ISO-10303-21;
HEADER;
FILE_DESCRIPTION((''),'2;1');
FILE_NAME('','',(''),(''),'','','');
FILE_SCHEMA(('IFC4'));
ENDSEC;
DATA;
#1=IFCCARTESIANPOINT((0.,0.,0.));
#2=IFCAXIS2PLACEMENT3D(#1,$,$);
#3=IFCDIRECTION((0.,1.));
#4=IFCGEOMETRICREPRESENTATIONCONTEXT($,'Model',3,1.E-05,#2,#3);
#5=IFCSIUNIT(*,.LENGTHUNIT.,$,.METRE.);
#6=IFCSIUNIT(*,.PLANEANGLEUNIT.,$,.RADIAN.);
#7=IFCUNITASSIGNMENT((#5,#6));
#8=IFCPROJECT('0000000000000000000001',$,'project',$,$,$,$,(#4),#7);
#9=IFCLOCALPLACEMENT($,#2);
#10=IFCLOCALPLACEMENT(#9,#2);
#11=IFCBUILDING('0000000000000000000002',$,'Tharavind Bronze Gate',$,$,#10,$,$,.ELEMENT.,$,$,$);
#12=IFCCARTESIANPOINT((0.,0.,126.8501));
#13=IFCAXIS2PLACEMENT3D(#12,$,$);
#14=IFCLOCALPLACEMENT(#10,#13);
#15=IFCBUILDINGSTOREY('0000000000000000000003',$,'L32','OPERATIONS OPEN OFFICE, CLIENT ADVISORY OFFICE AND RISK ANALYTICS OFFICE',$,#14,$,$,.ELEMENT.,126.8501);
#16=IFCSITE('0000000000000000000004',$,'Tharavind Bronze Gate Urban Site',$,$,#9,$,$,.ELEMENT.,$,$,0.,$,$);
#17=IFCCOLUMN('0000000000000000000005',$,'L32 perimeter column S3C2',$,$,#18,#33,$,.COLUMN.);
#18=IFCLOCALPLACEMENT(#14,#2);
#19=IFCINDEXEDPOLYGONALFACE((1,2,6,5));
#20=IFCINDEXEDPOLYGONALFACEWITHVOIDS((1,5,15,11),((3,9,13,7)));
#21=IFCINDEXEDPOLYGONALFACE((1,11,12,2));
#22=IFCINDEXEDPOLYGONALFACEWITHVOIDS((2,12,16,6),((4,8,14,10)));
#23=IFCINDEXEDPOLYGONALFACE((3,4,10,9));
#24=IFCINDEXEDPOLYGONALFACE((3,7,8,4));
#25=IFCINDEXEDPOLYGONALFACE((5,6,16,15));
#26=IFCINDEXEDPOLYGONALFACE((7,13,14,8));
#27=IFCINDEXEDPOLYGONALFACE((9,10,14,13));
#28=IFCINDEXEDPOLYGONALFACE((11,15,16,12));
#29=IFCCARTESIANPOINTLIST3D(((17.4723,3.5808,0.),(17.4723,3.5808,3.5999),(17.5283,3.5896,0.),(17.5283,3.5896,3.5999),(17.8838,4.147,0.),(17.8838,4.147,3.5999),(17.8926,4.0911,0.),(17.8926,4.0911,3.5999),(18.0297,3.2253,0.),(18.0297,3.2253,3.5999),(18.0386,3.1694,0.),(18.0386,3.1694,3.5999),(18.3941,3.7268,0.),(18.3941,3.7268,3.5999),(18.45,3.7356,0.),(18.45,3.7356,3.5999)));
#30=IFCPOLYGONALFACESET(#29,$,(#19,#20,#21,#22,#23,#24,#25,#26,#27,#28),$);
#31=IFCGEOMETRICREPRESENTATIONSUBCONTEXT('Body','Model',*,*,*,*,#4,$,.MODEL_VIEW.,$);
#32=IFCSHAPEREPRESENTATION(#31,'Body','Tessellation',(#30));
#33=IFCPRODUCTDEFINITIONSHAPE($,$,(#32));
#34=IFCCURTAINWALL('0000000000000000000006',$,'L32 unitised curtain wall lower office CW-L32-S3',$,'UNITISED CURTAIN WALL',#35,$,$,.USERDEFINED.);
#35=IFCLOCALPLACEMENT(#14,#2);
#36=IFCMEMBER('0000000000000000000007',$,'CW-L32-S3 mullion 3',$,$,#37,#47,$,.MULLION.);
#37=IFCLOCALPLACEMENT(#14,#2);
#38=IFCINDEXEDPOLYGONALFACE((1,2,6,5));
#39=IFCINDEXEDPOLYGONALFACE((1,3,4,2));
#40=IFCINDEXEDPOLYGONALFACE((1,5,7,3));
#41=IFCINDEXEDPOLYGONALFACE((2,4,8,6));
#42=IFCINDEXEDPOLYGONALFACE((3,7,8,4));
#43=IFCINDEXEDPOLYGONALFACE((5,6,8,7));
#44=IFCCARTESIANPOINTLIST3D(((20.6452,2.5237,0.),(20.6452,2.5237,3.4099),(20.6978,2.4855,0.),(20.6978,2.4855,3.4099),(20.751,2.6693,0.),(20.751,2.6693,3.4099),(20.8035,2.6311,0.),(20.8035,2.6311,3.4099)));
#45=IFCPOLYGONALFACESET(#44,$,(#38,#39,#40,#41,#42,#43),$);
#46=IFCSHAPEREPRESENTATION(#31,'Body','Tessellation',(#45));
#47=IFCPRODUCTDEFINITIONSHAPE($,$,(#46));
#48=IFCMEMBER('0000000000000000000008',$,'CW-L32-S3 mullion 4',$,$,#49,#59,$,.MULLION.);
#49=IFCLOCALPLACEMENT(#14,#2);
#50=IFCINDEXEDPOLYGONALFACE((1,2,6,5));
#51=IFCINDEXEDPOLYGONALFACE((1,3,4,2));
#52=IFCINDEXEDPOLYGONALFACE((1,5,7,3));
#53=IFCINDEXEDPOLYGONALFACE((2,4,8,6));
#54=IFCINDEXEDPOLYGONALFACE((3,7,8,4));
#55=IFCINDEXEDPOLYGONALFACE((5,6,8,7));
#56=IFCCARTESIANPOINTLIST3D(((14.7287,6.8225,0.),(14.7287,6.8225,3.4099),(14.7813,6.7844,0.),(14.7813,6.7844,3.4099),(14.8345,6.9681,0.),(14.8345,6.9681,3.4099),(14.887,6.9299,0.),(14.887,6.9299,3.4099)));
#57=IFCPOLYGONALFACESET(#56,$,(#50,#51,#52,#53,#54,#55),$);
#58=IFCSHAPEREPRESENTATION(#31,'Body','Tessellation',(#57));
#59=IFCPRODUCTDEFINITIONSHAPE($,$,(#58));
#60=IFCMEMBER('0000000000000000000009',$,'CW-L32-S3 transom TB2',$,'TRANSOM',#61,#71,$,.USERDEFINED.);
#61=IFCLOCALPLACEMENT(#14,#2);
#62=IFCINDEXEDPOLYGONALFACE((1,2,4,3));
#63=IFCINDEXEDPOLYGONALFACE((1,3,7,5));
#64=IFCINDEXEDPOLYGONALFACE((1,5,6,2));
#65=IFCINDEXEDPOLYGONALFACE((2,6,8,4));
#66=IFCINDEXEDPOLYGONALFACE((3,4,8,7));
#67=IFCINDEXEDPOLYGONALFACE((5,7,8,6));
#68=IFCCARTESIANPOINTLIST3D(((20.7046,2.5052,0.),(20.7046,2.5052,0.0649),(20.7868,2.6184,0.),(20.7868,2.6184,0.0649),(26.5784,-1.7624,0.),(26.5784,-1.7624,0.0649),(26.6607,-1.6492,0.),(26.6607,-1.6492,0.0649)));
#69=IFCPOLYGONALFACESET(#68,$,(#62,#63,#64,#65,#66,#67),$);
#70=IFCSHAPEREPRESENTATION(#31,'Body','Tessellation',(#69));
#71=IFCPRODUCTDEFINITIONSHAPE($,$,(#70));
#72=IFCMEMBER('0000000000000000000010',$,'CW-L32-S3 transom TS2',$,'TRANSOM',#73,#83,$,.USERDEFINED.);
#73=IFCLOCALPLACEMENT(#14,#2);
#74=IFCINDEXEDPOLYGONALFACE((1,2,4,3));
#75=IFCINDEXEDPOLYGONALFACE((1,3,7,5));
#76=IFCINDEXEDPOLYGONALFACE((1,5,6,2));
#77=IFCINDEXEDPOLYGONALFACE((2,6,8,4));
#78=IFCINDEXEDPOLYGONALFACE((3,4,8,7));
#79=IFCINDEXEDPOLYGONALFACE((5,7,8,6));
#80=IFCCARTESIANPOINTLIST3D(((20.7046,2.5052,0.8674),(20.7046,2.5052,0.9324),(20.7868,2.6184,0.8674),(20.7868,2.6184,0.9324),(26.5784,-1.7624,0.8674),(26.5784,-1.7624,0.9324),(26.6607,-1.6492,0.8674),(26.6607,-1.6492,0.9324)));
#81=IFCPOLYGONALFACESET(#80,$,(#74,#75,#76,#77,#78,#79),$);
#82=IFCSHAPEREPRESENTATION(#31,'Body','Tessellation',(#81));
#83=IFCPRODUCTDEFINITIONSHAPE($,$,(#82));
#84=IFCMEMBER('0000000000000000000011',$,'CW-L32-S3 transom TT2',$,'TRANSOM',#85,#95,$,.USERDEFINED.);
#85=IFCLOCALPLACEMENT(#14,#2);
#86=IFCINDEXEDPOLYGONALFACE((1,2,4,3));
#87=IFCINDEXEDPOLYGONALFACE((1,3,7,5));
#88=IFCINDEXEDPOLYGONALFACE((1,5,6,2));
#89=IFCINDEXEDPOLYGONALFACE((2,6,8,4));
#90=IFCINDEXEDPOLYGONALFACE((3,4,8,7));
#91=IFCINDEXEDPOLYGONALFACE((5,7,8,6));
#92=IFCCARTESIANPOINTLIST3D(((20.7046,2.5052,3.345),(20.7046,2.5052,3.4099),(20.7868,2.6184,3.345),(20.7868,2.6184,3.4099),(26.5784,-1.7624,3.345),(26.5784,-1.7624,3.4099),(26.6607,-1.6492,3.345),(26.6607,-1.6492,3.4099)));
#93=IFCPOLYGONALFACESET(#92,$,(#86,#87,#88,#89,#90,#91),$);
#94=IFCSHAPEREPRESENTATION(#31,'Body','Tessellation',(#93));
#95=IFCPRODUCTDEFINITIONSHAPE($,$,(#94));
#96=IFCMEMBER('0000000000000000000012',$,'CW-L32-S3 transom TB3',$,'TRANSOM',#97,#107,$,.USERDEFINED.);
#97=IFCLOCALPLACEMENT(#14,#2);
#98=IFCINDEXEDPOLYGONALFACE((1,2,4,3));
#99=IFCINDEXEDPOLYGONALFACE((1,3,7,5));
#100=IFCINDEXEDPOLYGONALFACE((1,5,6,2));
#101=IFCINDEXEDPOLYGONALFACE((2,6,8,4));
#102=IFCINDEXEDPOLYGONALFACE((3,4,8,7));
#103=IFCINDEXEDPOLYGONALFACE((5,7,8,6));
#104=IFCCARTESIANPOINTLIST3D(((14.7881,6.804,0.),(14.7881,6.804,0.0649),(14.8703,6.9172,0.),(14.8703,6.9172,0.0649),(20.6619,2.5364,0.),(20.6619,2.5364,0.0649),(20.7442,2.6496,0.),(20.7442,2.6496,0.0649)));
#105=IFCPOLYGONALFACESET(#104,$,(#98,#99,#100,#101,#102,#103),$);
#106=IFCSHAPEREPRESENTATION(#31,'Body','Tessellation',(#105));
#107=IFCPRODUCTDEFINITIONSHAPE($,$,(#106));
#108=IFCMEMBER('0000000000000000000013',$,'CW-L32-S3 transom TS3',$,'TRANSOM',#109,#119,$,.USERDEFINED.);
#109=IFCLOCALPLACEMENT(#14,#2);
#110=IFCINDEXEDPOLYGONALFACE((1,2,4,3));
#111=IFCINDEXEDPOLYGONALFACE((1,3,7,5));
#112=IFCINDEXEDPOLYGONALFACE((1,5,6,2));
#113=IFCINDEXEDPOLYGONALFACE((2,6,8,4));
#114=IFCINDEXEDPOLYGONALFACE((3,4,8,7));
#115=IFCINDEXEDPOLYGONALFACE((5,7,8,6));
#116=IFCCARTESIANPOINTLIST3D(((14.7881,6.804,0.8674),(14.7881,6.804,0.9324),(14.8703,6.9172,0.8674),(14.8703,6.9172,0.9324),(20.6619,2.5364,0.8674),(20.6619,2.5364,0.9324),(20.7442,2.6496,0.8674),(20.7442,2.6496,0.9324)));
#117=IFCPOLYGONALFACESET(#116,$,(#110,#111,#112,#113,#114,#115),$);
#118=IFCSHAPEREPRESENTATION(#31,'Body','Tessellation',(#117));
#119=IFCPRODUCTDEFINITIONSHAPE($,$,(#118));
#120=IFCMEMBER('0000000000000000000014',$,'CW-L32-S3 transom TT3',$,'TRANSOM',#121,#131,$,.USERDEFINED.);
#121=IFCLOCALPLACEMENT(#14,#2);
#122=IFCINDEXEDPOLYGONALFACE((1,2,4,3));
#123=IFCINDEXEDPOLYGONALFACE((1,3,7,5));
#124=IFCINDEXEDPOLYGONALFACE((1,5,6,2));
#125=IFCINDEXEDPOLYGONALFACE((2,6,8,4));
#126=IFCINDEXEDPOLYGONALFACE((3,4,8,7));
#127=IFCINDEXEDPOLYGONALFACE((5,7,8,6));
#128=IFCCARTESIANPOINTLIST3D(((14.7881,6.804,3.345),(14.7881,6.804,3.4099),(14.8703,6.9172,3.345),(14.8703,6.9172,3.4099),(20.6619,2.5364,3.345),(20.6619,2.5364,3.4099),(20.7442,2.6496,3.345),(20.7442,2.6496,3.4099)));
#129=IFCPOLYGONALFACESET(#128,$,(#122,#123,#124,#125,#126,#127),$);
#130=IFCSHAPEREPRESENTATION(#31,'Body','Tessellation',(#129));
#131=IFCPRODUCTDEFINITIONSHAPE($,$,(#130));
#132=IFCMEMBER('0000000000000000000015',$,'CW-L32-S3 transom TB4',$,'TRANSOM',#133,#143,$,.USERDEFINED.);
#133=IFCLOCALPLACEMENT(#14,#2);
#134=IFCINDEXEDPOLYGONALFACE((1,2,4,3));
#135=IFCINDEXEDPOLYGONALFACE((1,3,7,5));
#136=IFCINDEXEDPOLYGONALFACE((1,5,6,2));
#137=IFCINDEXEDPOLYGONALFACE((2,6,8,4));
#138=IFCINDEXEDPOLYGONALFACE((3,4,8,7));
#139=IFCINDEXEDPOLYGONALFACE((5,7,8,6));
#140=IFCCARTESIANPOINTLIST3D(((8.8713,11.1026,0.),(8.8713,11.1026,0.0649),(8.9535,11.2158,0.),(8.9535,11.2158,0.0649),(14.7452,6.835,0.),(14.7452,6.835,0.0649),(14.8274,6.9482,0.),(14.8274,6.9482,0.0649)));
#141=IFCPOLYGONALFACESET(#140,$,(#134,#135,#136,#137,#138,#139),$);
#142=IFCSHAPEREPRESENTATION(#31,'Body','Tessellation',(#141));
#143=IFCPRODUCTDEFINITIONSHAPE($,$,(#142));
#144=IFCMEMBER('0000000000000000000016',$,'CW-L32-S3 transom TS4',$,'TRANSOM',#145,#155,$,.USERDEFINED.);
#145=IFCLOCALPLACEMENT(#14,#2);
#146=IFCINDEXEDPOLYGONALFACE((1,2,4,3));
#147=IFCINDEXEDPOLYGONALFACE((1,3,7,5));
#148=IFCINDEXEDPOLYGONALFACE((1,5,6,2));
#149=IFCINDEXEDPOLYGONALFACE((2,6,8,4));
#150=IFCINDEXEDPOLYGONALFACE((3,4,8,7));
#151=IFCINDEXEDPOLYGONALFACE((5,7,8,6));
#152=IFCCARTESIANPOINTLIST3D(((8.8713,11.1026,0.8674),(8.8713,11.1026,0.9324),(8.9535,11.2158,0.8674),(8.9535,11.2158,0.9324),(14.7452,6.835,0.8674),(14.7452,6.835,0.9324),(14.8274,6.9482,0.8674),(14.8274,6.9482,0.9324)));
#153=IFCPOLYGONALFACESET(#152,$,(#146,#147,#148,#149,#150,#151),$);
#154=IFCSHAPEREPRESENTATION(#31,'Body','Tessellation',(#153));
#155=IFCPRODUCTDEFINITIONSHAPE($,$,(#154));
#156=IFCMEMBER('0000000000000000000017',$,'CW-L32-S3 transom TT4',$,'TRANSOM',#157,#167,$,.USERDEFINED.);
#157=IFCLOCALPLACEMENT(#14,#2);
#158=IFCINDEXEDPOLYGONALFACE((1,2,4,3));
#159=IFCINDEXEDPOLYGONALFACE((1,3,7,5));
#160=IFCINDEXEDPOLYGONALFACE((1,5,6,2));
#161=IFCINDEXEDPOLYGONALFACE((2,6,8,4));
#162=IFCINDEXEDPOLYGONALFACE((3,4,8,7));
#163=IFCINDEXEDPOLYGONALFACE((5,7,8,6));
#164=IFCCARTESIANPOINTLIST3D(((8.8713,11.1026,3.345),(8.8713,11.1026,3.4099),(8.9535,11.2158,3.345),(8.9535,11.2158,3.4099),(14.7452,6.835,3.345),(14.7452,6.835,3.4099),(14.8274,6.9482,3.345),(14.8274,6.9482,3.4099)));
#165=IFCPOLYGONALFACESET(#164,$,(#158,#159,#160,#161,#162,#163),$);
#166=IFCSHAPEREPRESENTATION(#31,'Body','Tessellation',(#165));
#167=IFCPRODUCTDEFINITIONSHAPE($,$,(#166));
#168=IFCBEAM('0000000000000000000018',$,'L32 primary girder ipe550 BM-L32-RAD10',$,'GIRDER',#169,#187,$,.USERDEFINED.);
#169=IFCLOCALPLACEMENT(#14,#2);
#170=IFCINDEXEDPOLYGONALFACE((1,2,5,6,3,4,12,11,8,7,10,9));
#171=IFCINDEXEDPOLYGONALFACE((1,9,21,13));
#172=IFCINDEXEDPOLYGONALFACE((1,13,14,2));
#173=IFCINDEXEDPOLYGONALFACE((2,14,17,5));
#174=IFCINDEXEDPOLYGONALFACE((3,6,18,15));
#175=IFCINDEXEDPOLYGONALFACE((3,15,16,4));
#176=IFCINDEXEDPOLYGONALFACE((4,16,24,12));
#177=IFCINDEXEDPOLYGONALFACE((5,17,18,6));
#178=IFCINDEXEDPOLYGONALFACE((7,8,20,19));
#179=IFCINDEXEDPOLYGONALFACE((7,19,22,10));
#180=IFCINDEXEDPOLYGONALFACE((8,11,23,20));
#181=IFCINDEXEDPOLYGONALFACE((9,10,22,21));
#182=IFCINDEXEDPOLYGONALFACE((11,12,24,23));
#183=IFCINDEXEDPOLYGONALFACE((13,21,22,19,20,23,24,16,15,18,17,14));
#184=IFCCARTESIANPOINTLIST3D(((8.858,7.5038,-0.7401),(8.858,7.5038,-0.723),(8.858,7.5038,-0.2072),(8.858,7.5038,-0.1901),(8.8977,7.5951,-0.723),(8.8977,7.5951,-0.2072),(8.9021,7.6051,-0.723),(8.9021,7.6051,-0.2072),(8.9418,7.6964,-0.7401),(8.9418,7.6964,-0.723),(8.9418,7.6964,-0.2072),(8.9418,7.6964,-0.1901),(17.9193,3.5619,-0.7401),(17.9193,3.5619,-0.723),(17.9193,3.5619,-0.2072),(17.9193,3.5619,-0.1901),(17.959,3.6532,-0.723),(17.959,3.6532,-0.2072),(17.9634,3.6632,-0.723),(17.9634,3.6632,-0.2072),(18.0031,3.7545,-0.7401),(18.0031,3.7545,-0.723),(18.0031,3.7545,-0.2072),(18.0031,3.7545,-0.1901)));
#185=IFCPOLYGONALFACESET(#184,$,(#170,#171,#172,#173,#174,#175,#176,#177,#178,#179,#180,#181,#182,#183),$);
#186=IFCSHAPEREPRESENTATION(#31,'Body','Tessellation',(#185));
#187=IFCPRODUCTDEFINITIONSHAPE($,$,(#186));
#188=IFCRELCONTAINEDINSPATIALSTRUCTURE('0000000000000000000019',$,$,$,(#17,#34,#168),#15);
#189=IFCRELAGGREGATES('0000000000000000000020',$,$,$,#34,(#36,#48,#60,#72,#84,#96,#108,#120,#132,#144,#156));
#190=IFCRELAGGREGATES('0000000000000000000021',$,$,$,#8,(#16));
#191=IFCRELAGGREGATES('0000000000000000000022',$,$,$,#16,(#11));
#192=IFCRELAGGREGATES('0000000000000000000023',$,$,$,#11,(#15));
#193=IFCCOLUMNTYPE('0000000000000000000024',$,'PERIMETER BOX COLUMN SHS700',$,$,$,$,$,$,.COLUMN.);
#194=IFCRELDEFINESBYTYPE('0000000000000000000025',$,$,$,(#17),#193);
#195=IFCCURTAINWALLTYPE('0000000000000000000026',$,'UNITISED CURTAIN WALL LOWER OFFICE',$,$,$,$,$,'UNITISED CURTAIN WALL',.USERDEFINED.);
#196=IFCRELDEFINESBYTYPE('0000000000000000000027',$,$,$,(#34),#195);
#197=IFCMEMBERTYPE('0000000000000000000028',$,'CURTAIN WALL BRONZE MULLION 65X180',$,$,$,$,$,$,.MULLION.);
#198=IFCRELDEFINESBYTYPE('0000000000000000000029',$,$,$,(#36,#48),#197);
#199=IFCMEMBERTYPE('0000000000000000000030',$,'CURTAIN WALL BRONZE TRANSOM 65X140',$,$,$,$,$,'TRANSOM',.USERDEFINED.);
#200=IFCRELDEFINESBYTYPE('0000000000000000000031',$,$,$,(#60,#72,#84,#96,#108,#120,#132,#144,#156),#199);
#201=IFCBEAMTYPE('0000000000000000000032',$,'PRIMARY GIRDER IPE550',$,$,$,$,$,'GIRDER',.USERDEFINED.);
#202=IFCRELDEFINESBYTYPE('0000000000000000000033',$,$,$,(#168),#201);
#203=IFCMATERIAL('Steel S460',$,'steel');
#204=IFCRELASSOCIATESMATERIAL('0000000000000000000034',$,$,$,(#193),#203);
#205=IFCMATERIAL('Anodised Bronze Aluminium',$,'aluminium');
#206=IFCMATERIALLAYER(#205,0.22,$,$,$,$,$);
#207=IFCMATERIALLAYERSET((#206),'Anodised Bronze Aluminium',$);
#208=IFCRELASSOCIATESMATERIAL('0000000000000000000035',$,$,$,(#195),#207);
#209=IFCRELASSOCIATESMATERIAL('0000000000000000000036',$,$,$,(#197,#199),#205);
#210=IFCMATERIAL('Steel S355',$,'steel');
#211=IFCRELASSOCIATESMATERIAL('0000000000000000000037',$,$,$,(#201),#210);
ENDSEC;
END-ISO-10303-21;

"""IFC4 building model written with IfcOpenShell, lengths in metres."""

from ifc_helpers import new_model, si_unit, direction, frame, origin, origin_2d, place, context, subcontext, project, spatial, rectangle, hollow_rectangle, i_section, extrude, material, layer, layer_set, material_profile, profile_set, type_object, element, aggregate, save


model = new_model("IFC4")

# Units and contexts
model_context = context("Model", 3, precision=1e-05, world=origin(), true_north=direction((0.0, 1.0)))
body_context = subcontext(model_context, "Body", "Model", "MODEL_VIEW")
ifc_project = project(units=[si_unit("LENGTHUNIT", "METRE"), si_unit("PLANEANGLEUNIT", "RADIAN")], contexts=[model_context])

# Site, building, storey
site_placement = place(None, origin())
site = spatial("IfcSite", under=ifc_project, at=site_placement, Name="Tharavind Bronze Gate Urban Site", CompositionType="ELEMENT", RefElevation=0.0)
building_placement = place(site_placement, origin())
building = spatial("IfcBuilding", under=site, at=building_placement, Name="Tharavind Bronze Gate", CompositionType="ELEMENT")
storey_placement = place(building_placement, frame((0.0, 0.0, 126.8501)))
storey = spatial("IfcBuildingStorey", under=building, at=storey_placement, Name="L32", Description="OPERATIONS OPEN OFFICE, CLIENT ADVISORY OFFICE AND RISK ANALYTICS OFFICE", CompositionType="ELEMENT", Elevation=126.8501)

# Column
ifc_material_1 = material(Name="Steel S460", Category="steel")
ifc_material_profile_1 = material_profile(ifc_material_1, hollow_rectangle(XDim=0.7, YDim=0.7, WallThickness=0.04, at=origin_2d()), Name="SHS700X40")
ifc_profile_set_1 = profile_set([ifc_material_profile_1], Name="Steel S460")
column_type = type_object("IfcColumnType", Name="PERIMETER BOX COLUMN SHS700", PredefinedType="COLUMN", material=ifc_profile_set_1)
column_placement = place(storey_placement, frame((17.9612, 3.6582, 0.0), z_axis=(0.0, 0.0, 1.0), x_axis=(-0.809017, 0.587785, 0.0)))
element("IfcColumn", 1, at=column_placement, inside=storey, type_object=column_type, Name="L32 perimeter column S3C2", PredefinedType="COLUMN", context=body_context, shape_type="SweptSolid", body=[
    extrude(hollow_rectangle(XDim=0.7, YDim=0.7, WallThickness=0.04, at=origin_2d()), origin(), (0.0, 0.0, 1.0), 3.5999),
])

# Curtain wall, members
ifc_material_2 = material(Name="Anodised Bronze Aluminium", Category="aluminium")
ifc_layer_1 = layer(ifc_material_2, 0.22)
ifc_layer_set_1 = layer_set([ifc_layer_1], Name="Anodised Bronze Aluminium")
curtain_wall_type = type_object("IfcCurtainWallType", Name="UNITISED CURTAIN WALL LOWER OFFICE", ElementType="UNITISED CURTAIN WALL", PredefinedType="USERDEFINED", material=ifc_layer_set_1)
curtain_wall_placement = place(storey_placement, origin())
curtain_wall = element("IfcCurtainWall", 2, at=curtain_wall_placement, inside=storey, type_object=curtain_wall_type, Name="L32 unitised curtain wall lower office CW-L32-S3", ObjectType="UNITISED CURTAIN WALL", PredefinedType="USERDEFINED")
member_type_1 = type_object("IfcMemberType", Name="CURTAIN WALL BRONZE MULLION 65X180", PredefinedType="MULLION", material=ifc_material_2)
member_1_placement = place(storey_placement, frame((20.7244, 2.5774, 0.0), z_axis=(0.0, 0.0, 1.0), x_axis=(-0.809017, 0.587785, 0.0)))
member_1 = element("IfcMember", 3, at=member_1_placement, type_object=member_type_1, Name="CW-L32-S3 mullion 3", PredefinedType="MULLION", context=body_context, shape_type="SweptSolid", body=[
    extrude(rectangle(XDim=0.0649, YDim=0.1799, at=origin_2d()), origin(), (0.0, 0.0, 1.0), 3.4099),
])
member_2_placement = place(storey_placement, frame((14.8079, 6.8762, 0.0), z_axis=(0.0, 0.0, 1.0), x_axis=(-0.809017, 0.587785, 0.0)))
member_2 = element("IfcMember", 4, at=member_2_placement, type_object=member_type_1, Name="CW-L32-S3 mullion 4", PredefinedType="MULLION", context=body_context, shape_type="SweptSolid", body=[
    extrude(rectangle(XDim=0.0649, YDim=0.1799, at=origin_2d()), origin(), (0.0, 0.0, 1.0), 3.4099),
])
member_type_2 = type_object("IfcMemberType", Name="CURTAIN WALL BRONZE TRANSOM 65X140", ElementType="TRANSOM", PredefinedType="USERDEFINED", material=ifc_material_2)
member_3_placement = place(storey_placement, frame((23.6826, 0.428, 0.0), z_axis=(0.0, 0.0, 1.0), x_axis=(-0.809017, 0.587785, 0.0)))
member_3 = element("IfcMember", 5, at=member_3_placement, type_object=member_type_2, Name="CW-L32-S3 transom TB2", ObjectType="TRANSOM", PredefinedType="USERDEFINED", context=body_context, shape_type="SweptSolid", body=[
    extrude(rectangle(XDim=7.2605, YDim=0.1399, at=origin_2d()), origin(), (0.0, 0.0, 1.0), 0.0649),
])
member_4_placement = place(storey_placement, frame((23.6826, 0.428, 0.8674), z_axis=(0.0, 0.0, 1.0), x_axis=(-0.809017, 0.587785, 0.0)))
member_4 = element("IfcMember", 6, at=member_4_placement, type_object=member_type_2, Name="CW-L32-S3 transom TS2", ObjectType="TRANSOM", PredefinedType="USERDEFINED", context=body_context, shape_type="SweptSolid", body=[
    extrude(rectangle(XDim=7.2605, YDim=0.1399, at=origin_2d()), origin(), (0.0, 0.0, 1.0), 0.0649),
])
member_5_placement = place(storey_placement, frame((23.6826, 0.428, 3.345), z_axis=(0.0, 0.0, 1.0), x_axis=(-0.809017, 0.587785, 0.0)))
member_5 = element("IfcMember", 7, at=member_5_placement, type_object=member_type_2, Name="CW-L32-S3 transom TT2", ObjectType="TRANSOM", PredefinedType="USERDEFINED", context=body_context, shape_type="SweptSolid", body=[
    extrude(rectangle(XDim=7.2605, YDim=0.1399, at=origin_2d()), origin(), (0.0, 0.0, 1.0), 0.0649),
])
member_6_placement = place(storey_placement, frame((17.7661, 4.7268, 0.0), z_axis=(0.0, 0.0, 1.0), x_axis=(-0.809017, 0.587785, 0.0)))
member_6 = element("IfcMember", 8, at=member_6_placement, type_object=member_type_2, Name="CW-L32-S3 transom TB3", ObjectType="TRANSOM", PredefinedType="USERDEFINED", context=body_context, shape_type="SweptSolid", body=[
    extrude(rectangle(XDim=7.2605, YDim=0.1399, at=origin_2d()), origin(), (0.0, 0.0, 1.0), 0.0649),
])
member_7_placement = place(storey_placement, frame((17.7661, 4.7268, 0.8674), z_axis=(0.0, 0.0, 1.0), x_axis=(-0.809017, 0.587785, 0.0)))
member_7 = element("IfcMember", 9, at=member_7_placement, type_object=member_type_2, Name="CW-L32-S3 transom TS3", ObjectType="TRANSOM", PredefinedType="USERDEFINED", context=body_context, shape_type="SweptSolid", body=[
    extrude(rectangle(XDim=7.2605, YDim=0.1399, at=origin_2d()), origin(), (0.0, 0.0, 1.0), 0.0649),
])
member_8_placement = place(storey_placement, frame((17.7661, 4.7268, 3.345), z_axis=(0.0, 0.0, 1.0), x_axis=(-0.809017, 0.587785, 0.0)))
member_8 = element("IfcMember", 10, at=member_8_placement, type_object=member_type_2, Name="CW-L32-S3 transom TT3", ObjectType="TRANSOM", PredefinedType="USERDEFINED", context=body_context, shape_type="SweptSolid", body=[
    extrude(rectangle(XDim=7.2605, YDim=0.1399, at=origin_2d()), origin(), (0.0, 0.0, 1.0), 0.0649),
])
member_9_placement = place(storey_placement, frame((11.8494, 9.0254, 0.0), z_axis=(0.0, 0.0, 1.0), x_axis=(-0.809017, 0.587785, 0.0)))
member_9 = element("IfcMember", 11, at=member_9_placement, type_object=member_type_2, Name="CW-L32-S3 transom TB4", ObjectType="TRANSOM", PredefinedType="USERDEFINED", context=body_context, shape_type="SweptSolid", body=[
    extrude(rectangle(XDim=7.2605, YDim=0.1399, at=origin_2d()), origin(), (0.0, 0.0, 1.0), 0.0649),
])
member_10_placement = place(storey_placement, frame((11.8494, 9.0254, 0.8674), z_axis=(0.0, 0.0, 1.0), x_axis=(-0.809017, 0.587785, 0.0)))
member_10 = element("IfcMember", 12, at=member_10_placement, type_object=member_type_2, Name="CW-L32-S3 transom TS4", ObjectType="TRANSOM", PredefinedType="USERDEFINED", context=body_context, shape_type="SweptSolid", body=[
    extrude(rectangle(XDim=7.2605, YDim=0.1399, at=origin_2d()), origin(), (0.0, 0.0, 1.0), 0.0649),
])
member_11_placement = place(storey_placement, frame((11.8494, 9.0254, 3.345), z_axis=(0.0, 0.0, 1.0), x_axis=(-0.809017, 0.587785, 0.0)))
member_11 = element("IfcMember", 13, at=member_11_placement, type_object=member_type_2, Name="CW-L32-S3 transom TT4", ObjectType="TRANSOM", PredefinedType="USERDEFINED", context=body_context, shape_type="SweptSolid", body=[
    extrude(rectangle(XDim=7.2605, YDim=0.1399, at=origin_2d()), origin(), (0.0, 0.0, 1.0), 0.0649),
])

# Beam
ifc_material_3 = material(Name="Steel S355", Category="steel")
ifc_material_profile_2 = material_profile(ifc_material_3, i_section(OverallWidth=0.21, OverallDepth=0.55, WebThickness=0.011, FlangeThickness=0.0171, at=origin_2d()), Name="IPE550")
ifc_profile_set_2 = profile_set([ifc_material_profile_2], Name="Steel S355")
beam_type_1 = type_object("IfcBeamType", Name="PRIMARY GIRDER IPE550", ElementType="GIRDER", PredefinedType="USERDEFINED", material=ifc_profile_set_2)
beam_1_placement = place(storey_placement, frame((17.9612, 3.6582, -0.4651), z_axis=(-0.916988, 0.398914, 0.0), x_axis=(-0.398914, -0.916988, 0.0)))
element("IfcBeam", 14, at=beam_1_placement, inside=storey, type_object=beam_type_1, Name="L32 primary girder ipe550 BM-L32-RAD10", ObjectType="GIRDER", PredefinedType="USERDEFINED", context=body_context, shape_type="SweptSolid", body=[
    extrude(i_section(OverallWidth=0.21, OverallDepth=0.55, WebThickness=0.011, FlangeThickness=0.0171, at=origin_2d()), origin(), (0.0, 0.0, 1.0), 9.8816),
])

aggregate(curtain_wall, [member_1, member_2, member_3, member_4, member_5, member_6, member_7, member_8, member_9, member_10, member_11])

save(model, "model.ifc")
